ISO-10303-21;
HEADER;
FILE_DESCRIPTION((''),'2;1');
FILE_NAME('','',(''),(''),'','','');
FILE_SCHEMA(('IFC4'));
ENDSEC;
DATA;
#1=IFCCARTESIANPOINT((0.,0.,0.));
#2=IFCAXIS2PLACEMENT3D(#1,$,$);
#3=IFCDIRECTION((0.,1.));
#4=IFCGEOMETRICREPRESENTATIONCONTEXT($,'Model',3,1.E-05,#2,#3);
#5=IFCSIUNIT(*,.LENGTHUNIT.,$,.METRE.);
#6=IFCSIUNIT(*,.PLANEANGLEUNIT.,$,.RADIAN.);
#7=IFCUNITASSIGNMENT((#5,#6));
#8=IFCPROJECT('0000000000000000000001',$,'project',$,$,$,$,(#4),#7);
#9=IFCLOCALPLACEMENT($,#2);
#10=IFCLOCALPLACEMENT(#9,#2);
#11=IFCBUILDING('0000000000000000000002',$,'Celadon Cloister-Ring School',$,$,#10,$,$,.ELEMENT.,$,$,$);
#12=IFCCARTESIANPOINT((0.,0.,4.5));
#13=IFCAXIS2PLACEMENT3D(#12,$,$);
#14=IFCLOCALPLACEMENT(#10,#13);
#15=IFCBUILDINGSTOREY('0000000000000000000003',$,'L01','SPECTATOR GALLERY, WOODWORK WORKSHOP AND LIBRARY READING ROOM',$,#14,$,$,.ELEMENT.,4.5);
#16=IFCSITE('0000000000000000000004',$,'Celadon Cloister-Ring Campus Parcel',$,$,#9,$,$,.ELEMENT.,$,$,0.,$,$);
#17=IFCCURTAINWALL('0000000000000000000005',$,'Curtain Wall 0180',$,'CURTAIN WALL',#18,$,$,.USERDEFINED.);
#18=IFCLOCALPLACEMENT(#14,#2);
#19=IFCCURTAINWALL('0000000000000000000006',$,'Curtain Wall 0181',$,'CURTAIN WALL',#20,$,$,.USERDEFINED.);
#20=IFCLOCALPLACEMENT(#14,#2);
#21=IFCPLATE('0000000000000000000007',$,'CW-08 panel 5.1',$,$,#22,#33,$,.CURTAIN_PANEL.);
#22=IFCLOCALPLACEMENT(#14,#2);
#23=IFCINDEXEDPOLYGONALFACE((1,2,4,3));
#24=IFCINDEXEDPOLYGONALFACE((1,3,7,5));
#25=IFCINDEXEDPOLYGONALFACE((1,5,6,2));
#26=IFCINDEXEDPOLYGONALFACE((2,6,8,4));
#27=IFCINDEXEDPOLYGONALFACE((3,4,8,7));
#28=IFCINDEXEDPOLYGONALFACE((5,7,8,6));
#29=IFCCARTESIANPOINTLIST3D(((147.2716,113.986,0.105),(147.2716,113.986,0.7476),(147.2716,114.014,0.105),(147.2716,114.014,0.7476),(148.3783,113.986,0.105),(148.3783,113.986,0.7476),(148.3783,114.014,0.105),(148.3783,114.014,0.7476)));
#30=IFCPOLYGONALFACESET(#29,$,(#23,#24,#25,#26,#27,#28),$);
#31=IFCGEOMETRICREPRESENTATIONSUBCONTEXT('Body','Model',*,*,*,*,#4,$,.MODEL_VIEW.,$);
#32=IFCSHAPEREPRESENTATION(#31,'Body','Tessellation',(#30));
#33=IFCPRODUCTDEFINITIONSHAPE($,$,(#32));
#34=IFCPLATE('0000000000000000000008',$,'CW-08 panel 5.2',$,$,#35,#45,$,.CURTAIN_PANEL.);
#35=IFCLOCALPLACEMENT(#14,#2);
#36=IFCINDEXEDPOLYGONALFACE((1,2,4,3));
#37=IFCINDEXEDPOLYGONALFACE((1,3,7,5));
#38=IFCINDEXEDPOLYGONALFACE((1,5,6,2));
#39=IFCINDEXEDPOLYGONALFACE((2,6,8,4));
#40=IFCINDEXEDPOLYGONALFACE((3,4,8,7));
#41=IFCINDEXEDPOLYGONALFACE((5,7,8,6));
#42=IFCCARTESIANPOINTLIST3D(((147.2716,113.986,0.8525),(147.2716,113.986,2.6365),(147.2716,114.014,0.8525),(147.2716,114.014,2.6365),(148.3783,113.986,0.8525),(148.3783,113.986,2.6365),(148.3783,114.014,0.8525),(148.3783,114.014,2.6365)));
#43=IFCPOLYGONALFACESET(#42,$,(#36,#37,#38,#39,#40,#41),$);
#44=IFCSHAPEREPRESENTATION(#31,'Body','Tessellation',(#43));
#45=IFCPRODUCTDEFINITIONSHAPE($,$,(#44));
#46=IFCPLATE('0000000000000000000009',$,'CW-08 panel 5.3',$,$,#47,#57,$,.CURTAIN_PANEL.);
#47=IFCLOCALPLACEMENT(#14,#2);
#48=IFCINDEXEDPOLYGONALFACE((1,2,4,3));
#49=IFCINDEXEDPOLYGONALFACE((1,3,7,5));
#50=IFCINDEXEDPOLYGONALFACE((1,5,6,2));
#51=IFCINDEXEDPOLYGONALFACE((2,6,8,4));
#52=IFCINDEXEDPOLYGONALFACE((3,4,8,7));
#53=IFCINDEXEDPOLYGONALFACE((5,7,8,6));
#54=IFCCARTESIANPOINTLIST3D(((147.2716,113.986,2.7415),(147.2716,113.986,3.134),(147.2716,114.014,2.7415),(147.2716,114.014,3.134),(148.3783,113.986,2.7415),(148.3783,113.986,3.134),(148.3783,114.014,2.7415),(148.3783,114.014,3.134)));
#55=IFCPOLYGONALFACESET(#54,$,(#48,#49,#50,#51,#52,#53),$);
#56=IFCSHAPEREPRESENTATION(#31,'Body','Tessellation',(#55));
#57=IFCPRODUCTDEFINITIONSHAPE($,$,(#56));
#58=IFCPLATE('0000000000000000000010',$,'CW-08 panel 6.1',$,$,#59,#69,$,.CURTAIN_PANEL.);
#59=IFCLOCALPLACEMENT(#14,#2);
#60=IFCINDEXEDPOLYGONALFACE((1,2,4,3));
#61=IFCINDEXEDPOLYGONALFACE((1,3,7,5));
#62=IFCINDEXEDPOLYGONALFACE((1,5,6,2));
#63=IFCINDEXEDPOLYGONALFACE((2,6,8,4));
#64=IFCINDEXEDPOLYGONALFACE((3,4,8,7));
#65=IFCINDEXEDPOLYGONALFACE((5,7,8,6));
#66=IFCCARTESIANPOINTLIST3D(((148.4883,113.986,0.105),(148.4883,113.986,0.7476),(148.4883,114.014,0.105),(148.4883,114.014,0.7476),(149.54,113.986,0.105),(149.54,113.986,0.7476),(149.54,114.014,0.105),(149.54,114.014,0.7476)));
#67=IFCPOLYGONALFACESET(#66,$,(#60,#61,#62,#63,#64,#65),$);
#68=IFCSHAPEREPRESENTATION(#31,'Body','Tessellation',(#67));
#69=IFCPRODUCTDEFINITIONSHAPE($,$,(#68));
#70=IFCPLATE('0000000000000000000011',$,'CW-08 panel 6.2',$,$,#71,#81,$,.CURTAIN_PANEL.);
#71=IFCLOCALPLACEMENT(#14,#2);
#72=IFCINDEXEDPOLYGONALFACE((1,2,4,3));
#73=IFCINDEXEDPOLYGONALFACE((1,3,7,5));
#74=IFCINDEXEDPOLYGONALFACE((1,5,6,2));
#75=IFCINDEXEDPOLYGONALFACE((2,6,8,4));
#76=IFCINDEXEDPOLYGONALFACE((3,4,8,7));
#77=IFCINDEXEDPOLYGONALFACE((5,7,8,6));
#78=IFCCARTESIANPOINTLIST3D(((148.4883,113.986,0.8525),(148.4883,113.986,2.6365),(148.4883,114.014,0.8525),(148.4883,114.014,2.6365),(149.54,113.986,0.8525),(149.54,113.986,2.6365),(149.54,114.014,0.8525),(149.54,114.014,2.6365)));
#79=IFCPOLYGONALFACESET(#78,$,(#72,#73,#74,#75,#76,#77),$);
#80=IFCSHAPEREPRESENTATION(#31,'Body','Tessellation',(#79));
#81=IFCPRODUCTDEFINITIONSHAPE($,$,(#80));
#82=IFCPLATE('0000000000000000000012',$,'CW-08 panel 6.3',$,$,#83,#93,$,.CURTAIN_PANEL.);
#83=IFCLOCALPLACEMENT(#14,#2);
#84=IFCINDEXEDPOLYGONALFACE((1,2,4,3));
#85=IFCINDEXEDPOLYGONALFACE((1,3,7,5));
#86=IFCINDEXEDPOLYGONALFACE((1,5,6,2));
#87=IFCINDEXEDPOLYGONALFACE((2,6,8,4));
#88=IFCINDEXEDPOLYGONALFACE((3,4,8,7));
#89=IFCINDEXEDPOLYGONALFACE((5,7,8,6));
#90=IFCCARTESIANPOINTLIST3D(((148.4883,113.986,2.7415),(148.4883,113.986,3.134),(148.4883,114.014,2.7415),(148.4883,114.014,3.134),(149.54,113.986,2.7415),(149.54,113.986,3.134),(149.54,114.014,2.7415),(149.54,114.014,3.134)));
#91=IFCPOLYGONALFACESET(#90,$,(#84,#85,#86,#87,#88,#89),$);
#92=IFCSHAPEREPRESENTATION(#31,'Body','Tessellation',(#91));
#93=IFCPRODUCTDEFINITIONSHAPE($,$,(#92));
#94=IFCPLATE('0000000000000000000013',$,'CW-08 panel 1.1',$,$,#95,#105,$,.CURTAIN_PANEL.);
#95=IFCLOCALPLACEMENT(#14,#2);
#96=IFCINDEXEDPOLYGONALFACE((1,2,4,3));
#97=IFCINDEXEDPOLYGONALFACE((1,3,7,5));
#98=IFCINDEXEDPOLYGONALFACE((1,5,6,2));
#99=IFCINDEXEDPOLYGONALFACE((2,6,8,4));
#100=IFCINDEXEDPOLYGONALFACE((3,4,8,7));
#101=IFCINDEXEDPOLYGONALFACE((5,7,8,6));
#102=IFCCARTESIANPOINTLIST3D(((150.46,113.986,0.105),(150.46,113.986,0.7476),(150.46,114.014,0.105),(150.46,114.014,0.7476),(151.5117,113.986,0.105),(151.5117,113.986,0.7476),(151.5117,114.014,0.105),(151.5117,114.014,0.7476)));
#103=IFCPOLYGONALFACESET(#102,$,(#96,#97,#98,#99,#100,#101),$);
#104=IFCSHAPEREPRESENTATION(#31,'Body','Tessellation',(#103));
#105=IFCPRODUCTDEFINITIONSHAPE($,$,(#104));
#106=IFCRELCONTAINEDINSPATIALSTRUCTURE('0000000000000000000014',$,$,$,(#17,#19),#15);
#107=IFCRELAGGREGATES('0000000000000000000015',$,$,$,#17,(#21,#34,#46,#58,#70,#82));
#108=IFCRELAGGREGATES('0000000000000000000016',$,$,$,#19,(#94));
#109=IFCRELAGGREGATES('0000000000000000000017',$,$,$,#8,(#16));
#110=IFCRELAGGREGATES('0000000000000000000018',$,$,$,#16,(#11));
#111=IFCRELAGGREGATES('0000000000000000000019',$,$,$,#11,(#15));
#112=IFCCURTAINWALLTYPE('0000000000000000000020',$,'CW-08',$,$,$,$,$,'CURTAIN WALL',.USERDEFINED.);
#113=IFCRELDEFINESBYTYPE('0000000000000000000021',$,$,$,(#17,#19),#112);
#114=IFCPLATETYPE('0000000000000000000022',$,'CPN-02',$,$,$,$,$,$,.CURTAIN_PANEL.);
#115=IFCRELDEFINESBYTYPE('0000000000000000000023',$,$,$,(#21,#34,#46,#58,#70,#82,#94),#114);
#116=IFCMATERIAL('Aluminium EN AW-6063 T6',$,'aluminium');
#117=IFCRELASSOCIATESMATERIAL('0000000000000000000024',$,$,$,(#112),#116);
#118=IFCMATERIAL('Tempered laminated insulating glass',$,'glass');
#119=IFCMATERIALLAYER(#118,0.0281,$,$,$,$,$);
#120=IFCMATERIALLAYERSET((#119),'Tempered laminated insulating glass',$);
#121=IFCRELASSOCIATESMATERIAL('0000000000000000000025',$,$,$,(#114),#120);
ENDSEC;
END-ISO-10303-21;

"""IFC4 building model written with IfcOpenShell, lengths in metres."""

from ifc_helpers import new_model, si_unit, direction, frame, origin, origin_2d, place, context, subcontext, project, spatial, rectangle, extrude, material, layer, layer_set, type_object, element, aggregate, save


model = new_model("IFC4")

# Units and contexts
model_context = context("Model", 3, precision=1e-05, world=origin(), true_north=direction((0.0, 1.0)))
body_context = subcontext(model_context, "Body", "Model", "MODEL_VIEW")
ifc_project = project(units=[si_unit("LENGTHUNIT", "METRE"), si_unit("PLANEANGLEUNIT", "RADIAN")], contexts=[model_context])

# Site, building, storey
site_placement = place(None, origin())
site = spatial("IfcSite", under=ifc_project, at=site_placement, Name="Celadon Cloister-Ring Campus Parcel", CompositionType="ELEMENT", RefElevation=0.0)
building_placement = place(site_placement, origin())
building = spatial("IfcBuilding", under=site, at=building_placement, Name="Celadon Cloister-Ring School", CompositionType="ELEMENT")
storey_placement = place(building_placement, frame((0.0, 0.0, 4.5)))
storey = spatial("IfcBuildingStorey", under=building, at=storey_placement, Name="L01", Description="SPECTATOR GALLERY, WOODWORK WORKSHOP AND LIBRARY READING ROOM", CompositionType="ELEMENT", Elevation=4.5)

# Curtain wall
ifc_material_1 = material(Name="Aluminium EN AW-6063 T6", Category="aluminium")
curtain_wall_type = type_object("IfcCurtainWallType", Name="CW-08", ElementType="CURTAIN WALL", PredefinedType="USERDEFINED", material=ifc_material_1)
curtain_wall_1_placement = place(storey_placement, origin())
curtain_wall_1 = element("IfcCurtainWall", 1, at=curtain_wall_1_placement, inside=storey, type_object=curtain_wall_type, Name="Curtain Wall 0180", ObjectType="CURTAIN WALL", PredefinedType="USERDEFINED")

# Curtain wall
curtain_wall_2_placement = place(storey_placement, origin())
curtain_wall_2 = element("IfcCurtainWall", 2, at=curtain_wall_2_placement, inside=storey, type_object=curtain_wall_type, Name="Curtain Wall 0181", ObjectType="CURTAIN WALL", PredefinedType="USERDEFINED")

# Plates
ifc_material_2 = material(Name="Tempered laminated insulating glass", Category="glass")
ifc_layer = layer(ifc_material_2, 0.0281)
ifc_layer_set = layer_set([ifc_layer], Name="Tempered laminated insulating glass")
plate_type = type_object("IfcPlateType", Name="CPN-02", PredefinedType="CURTAIN_PANEL", material=ifc_layer_set)
plate_1_placement = place(storey_placement, frame((147.825, 114.0, 0.105), z_axis=(0.0, 0.0, 1.0), x_axis=(1.0, 0.0, 0.0)))
plate_1 = element("IfcPlate", 3, at=plate_1_placement, type_object=plate_type, Name="CW-08 panel 5.1", PredefinedType="CURTAIN_PANEL", context=body_context, shape_type="SweptSolid", body=[
    extrude(rectangle(XDim=1.1067, YDim=0.0281, at=origin_2d()), origin(), (0.0, 0.0, 1.0), 0.6426),
])
plate_2_placement = place(storey_placement, frame((147.825, 114.0, 0.8525), z_axis=(0.0, 0.0, 1.0), x_axis=(1.0, 0.0, 0.0)))
plate_2 = element("IfcPlate", 4, at=plate_2_placement, type_object=plate_type, Name="CW-08 panel 5.2", PredefinedType="CURTAIN_PANEL", context=body_context, shape_type="SweptSolid", body=[
    extrude(rectangle(XDim=1.1067, YDim=0.0281, at=origin_2d()), origin(), (0.0, 0.0, 1.0), 1.7839),
])
plate_3_placement = place(storey_placement, frame((147.825, 114.0, 2.7415), z_axis=(0.0, 0.0, 1.0), x_axis=(1.0, 0.0, 0.0)))
plate_3 = element("IfcPlate", 5, at=plate_3_placement, type_object=plate_type, Name="CW-08 panel 5.3", PredefinedType="CURTAIN_PANEL", context=body_context, shape_type="SweptSolid", body=[
    extrude(rectangle(XDim=1.1067, YDim=0.0281, at=origin_2d()), origin(), (0.0, 0.0, 1.0), 0.3926),
])
plate_4_placement = place(storey_placement, frame((149.0142, 114.0, 0.105), z_axis=(0.0, 0.0, 1.0), x_axis=(1.0, 0.0, 0.0)))
plate_4 = element("IfcPlate", 6, at=plate_4_placement, type_object=plate_type, Name="CW-08 panel 6.1", PredefinedType="CURTAIN_PANEL", context=body_context, shape_type="SweptSolid", body=[
    extrude(rectangle(XDim=1.0518, YDim=0.0281, at=origin_2d()), origin(), (0.0, 0.0, 1.0), 0.6426),
])
plate_5_placement = place(storey_placement, frame((149.0142, 114.0, 0.8525), z_axis=(0.0, 0.0, 1.0), x_axis=(1.0, 0.0, 0.0)))
plate_5 = element("IfcPlate", 7, at=plate_5_placement, type_object=plate_type, Name="CW-08 panel 6.2", PredefinedType="CURTAIN_PANEL", context=body_context, shape_type="SweptSolid", body=[
    extrude(rectangle(XDim=1.0518, YDim=0.0281, at=origin_2d()), origin(), (0.0, 0.0, 1.0), 1.7839),
])
plate_6_placement = place(storey_placement, frame((149.0142, 114.0, 2.7415), z_axis=(0.0, 0.0, 1.0), x_axis=(1.0, 0.0, 0.0)))
plate_6 = element("IfcPlate", 8, at=plate_6_placement, type_object=plate_type, Name="CW-08 panel 6.3", PredefinedType="CURTAIN_PANEL", context=body_context, shape_type="SweptSolid", body=[
    extrude(rectangle(XDim=1.0518, YDim=0.0281, at=origin_2d()), origin(), (0.0, 0.0, 1.0), 0.3926),
])
aggregate(curtain_wall_1, [plate_1, plate_2, plate_3, plate_4, plate_5, plate_6])
plate_7_placement = place(storey_placement, frame((150.9858, 114.0, 0.105), z_axis=(0.0, 0.0, 1.0), x_axis=(1.0, 0.0, 0.0)))
plate_7 = element("IfcPlate", 9, at=plate_7_placement, type_object=plate_type, Name="CW-08 panel 1.1", PredefinedType="CURTAIN_PANEL", context=body_context, shape_type="SweptSolid", body=[
    extrude(rectangle(XDim=1.0518, YDim=0.0281, at=origin_2d()), origin(), (0.0, 0.0, 1.0), 0.6426),
])
aggregate(curtain_wall_2, [plate_7])

save(model, "model.ifc")
